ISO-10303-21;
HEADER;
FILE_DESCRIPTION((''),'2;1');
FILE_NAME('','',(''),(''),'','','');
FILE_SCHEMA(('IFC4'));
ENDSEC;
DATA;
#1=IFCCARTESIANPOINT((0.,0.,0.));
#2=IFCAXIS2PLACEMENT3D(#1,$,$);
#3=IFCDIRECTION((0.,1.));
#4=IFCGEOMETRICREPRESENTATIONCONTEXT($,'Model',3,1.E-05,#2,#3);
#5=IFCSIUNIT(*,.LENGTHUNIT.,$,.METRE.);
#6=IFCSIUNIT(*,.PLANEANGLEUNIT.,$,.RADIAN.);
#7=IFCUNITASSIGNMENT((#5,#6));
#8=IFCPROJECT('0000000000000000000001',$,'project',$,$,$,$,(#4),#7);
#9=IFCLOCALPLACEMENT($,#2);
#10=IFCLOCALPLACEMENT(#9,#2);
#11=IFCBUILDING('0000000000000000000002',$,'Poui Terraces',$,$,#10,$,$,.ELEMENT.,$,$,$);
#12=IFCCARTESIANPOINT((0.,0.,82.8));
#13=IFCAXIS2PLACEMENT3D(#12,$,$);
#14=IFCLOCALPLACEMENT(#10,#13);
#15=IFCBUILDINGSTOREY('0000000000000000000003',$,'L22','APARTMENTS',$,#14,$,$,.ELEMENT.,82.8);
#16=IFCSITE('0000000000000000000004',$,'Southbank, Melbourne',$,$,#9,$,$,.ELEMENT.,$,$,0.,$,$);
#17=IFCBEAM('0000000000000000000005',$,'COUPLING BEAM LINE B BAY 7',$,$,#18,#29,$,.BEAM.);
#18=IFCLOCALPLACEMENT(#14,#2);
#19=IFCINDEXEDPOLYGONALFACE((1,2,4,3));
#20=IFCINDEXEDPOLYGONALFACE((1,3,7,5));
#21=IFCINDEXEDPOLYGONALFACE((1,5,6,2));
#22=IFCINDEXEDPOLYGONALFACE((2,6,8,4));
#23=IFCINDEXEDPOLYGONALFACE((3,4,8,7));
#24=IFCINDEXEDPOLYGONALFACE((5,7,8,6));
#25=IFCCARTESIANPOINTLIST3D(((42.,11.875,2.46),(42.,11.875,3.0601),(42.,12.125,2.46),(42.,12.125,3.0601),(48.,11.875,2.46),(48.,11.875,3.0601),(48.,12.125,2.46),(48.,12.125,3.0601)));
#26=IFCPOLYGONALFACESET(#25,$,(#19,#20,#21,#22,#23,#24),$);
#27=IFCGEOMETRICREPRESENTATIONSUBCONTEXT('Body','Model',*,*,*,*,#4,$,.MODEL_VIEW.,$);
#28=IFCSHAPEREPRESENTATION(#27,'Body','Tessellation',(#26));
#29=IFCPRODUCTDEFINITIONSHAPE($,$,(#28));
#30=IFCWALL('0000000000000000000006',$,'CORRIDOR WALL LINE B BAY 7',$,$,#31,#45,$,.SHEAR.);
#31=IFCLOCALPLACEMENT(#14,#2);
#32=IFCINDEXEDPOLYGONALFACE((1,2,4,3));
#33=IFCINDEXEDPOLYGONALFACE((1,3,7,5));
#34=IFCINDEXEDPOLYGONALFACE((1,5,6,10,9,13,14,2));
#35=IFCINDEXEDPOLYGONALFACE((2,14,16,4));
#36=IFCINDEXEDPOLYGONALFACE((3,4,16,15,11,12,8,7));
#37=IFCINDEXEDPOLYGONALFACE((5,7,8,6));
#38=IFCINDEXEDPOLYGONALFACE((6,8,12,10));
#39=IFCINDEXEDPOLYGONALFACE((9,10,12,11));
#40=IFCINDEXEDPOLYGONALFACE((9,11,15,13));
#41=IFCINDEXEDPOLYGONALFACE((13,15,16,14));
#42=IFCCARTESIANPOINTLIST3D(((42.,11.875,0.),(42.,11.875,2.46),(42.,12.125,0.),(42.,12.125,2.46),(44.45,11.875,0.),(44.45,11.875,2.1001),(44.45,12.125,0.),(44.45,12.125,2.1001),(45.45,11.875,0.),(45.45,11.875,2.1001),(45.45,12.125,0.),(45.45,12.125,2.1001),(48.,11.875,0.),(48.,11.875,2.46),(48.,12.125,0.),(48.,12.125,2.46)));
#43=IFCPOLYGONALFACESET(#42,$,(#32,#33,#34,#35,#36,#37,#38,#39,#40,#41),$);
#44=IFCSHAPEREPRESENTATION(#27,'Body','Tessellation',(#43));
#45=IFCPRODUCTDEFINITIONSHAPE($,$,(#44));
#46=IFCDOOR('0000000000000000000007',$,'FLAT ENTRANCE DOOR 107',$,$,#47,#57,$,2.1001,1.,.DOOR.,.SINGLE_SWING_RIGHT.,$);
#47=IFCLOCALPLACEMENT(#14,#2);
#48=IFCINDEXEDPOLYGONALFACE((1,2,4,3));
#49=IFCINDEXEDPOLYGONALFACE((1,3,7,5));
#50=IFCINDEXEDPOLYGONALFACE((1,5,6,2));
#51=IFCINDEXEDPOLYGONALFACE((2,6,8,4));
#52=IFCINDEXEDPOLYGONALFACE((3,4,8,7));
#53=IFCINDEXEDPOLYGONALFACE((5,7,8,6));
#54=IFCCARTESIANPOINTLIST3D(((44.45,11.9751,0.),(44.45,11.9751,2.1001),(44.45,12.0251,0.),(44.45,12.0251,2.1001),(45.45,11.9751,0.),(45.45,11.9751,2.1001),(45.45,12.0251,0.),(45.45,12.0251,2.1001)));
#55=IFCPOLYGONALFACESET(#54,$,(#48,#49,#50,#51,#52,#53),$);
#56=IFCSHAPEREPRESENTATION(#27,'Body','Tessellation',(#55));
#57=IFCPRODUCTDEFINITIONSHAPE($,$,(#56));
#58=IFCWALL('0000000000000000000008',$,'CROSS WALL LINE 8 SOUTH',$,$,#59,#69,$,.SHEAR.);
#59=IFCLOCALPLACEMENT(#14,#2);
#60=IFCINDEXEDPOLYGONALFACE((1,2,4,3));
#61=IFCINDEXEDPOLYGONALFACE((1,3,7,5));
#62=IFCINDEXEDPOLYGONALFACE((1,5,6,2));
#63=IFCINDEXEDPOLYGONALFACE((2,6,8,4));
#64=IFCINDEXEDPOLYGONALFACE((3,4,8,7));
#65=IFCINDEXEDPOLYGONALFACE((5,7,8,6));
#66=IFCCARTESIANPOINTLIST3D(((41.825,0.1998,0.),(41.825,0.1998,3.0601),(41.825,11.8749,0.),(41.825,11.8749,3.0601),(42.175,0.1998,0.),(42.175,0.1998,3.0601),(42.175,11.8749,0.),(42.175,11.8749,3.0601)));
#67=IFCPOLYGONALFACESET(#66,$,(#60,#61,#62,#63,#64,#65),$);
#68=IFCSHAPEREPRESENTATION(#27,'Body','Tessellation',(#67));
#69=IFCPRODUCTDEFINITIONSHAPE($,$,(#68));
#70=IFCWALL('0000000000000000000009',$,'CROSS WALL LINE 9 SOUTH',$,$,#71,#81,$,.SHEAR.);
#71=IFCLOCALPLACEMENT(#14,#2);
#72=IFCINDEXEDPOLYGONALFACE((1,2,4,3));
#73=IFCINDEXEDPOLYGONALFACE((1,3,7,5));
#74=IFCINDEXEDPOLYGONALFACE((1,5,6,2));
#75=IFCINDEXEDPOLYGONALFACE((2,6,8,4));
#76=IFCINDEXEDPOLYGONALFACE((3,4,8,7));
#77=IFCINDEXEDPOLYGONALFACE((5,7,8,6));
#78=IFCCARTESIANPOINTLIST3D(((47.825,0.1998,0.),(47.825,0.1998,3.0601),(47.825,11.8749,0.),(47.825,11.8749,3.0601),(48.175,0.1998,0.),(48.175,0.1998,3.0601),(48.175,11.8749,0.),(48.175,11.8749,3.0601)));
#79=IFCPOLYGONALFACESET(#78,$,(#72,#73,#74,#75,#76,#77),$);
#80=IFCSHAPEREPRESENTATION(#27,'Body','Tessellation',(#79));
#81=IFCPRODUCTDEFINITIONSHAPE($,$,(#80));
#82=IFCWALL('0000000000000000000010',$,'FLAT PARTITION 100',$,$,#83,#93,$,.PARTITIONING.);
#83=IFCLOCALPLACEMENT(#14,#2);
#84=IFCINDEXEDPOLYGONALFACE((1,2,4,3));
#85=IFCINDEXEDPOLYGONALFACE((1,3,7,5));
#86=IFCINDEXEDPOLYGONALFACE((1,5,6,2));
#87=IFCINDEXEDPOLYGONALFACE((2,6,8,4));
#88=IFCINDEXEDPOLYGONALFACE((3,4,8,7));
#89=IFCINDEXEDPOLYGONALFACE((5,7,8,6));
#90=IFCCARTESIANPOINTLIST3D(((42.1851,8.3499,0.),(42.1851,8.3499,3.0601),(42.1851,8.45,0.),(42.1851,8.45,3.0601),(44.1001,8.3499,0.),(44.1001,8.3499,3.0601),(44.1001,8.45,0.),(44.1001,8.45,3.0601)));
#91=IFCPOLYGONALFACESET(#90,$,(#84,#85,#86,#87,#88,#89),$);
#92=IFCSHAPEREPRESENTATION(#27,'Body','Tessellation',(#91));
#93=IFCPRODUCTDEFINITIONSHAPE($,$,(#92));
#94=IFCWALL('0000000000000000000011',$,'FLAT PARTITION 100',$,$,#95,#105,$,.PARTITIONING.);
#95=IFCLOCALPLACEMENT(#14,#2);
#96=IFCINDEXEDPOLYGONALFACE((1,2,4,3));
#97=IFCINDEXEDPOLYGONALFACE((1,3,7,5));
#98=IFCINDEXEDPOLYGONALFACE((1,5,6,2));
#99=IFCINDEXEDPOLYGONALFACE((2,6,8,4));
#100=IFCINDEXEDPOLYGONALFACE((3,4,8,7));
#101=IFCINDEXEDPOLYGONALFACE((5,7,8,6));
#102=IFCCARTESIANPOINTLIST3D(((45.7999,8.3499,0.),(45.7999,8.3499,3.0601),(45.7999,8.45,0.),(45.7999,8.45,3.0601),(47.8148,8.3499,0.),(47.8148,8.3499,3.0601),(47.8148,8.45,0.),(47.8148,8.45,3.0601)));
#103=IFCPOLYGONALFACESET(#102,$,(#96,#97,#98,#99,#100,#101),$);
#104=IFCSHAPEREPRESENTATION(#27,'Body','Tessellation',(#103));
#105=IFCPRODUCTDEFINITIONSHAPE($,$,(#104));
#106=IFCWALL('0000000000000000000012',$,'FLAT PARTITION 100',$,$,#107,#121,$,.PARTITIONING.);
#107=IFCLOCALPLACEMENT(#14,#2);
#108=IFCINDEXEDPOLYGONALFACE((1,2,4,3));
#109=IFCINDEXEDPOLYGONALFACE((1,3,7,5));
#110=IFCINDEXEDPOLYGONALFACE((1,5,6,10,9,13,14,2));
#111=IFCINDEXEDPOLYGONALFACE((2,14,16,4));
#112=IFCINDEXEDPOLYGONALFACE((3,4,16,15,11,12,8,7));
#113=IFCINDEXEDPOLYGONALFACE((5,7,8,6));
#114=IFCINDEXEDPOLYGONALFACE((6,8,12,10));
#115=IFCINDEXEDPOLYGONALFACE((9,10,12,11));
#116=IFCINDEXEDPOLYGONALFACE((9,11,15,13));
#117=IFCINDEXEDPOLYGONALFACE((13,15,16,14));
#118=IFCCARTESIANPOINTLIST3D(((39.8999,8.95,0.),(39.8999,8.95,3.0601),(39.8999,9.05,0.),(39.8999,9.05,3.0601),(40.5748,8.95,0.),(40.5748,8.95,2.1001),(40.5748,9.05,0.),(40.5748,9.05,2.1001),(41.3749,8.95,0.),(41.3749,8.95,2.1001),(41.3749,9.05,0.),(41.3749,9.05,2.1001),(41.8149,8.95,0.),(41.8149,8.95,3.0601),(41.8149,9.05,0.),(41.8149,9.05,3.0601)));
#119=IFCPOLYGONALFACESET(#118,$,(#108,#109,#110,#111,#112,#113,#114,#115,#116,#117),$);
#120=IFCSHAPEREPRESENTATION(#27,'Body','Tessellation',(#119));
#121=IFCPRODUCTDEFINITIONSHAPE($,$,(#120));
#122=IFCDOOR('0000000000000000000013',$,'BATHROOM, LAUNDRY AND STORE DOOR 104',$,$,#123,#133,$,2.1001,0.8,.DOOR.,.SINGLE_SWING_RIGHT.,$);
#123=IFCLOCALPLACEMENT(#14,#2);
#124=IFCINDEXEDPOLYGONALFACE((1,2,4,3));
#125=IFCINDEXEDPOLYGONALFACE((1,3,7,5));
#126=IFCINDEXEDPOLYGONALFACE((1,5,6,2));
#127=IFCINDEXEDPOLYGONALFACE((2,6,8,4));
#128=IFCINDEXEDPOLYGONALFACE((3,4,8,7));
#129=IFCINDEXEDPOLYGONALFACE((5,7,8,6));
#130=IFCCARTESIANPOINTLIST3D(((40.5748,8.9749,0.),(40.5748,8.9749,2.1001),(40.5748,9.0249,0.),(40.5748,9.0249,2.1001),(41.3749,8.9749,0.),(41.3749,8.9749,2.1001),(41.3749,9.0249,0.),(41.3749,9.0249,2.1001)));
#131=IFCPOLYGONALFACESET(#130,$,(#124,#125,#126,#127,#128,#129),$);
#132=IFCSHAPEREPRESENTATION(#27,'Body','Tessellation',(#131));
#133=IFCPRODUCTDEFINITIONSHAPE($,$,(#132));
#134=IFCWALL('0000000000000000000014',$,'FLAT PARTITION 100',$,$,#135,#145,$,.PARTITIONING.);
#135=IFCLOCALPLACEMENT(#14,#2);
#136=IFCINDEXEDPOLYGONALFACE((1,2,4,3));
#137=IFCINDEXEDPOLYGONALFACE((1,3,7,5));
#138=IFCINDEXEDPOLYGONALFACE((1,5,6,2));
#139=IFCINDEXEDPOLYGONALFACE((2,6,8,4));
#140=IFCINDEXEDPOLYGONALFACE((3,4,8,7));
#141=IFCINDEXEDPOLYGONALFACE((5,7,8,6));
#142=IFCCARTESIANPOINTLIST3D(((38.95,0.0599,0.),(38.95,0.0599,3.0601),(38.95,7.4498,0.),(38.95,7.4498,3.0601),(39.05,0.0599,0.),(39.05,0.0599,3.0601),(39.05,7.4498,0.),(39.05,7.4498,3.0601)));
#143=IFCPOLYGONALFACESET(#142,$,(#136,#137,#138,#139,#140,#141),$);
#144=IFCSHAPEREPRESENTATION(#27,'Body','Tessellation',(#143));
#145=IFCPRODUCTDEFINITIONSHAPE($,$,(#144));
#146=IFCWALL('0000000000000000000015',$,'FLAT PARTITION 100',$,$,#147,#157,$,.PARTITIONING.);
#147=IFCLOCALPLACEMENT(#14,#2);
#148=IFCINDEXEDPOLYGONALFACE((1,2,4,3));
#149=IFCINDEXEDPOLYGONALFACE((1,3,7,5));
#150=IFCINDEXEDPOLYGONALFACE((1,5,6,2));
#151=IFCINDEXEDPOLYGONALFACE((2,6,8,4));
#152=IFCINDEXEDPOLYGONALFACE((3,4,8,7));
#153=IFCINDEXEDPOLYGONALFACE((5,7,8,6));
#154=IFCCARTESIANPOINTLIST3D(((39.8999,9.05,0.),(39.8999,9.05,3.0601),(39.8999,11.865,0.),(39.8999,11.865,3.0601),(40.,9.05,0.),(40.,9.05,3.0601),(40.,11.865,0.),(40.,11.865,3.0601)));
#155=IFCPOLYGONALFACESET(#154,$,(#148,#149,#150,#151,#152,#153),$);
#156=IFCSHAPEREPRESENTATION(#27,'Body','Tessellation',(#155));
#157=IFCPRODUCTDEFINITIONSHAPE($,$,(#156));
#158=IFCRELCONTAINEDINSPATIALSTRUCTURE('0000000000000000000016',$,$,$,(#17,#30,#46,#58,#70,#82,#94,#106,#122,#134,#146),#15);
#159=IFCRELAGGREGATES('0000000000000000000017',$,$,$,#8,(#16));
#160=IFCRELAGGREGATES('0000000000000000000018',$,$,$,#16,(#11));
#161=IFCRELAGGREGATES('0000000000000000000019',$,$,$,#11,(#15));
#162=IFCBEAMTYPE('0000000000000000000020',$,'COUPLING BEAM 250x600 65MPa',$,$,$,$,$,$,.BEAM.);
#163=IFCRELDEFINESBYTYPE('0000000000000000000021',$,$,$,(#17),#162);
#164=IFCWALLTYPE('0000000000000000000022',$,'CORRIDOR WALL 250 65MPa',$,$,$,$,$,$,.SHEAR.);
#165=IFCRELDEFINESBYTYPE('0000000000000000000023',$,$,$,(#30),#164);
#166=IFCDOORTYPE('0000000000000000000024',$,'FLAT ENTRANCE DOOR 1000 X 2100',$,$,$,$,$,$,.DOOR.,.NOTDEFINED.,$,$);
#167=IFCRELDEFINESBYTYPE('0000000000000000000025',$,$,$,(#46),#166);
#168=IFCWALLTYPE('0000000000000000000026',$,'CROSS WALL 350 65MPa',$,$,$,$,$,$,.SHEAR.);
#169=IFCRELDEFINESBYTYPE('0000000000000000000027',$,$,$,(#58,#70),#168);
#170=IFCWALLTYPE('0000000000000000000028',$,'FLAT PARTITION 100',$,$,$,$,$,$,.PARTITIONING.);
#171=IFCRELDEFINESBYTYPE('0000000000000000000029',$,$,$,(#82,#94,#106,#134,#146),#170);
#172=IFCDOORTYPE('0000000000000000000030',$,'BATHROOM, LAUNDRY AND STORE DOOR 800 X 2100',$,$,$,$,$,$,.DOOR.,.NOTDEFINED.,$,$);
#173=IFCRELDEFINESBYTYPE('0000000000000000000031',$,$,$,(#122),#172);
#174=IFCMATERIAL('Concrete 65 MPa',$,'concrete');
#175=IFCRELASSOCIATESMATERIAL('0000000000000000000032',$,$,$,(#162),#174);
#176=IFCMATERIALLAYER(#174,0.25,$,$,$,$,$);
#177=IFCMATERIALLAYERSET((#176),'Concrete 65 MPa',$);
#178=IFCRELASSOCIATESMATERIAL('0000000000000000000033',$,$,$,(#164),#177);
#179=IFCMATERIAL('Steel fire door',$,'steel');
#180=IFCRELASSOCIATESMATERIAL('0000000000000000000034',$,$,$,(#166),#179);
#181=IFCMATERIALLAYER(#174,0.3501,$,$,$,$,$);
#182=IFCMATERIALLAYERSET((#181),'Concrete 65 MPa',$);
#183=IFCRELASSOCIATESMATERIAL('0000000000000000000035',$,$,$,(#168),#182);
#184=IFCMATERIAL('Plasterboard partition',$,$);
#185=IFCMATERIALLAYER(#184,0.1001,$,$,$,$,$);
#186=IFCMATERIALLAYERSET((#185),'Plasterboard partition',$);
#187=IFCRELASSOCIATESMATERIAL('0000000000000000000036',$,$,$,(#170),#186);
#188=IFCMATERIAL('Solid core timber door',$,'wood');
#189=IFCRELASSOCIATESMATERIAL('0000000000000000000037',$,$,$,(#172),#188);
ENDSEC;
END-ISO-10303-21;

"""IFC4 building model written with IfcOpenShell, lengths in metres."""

from ifc_helpers import new_model, si_unit, direction, frame, frame_2d, origin, origin_2d, place, context, subcontext, project, spatial, rectangle, extrude, source, transform, mapped, material, layer, layer_set, material_profile, profile_set, type_object, element, fill, save


model = new_model("IFC4")

# Units and contexts
model_context = context("Model", 3, precision=1e-05, world=origin(), true_north=direction((0.0, 1.0)))
body_context = subcontext(model_context, "Body", "Model", "MODEL_VIEW")
ifc_project = project(units=[si_unit("LENGTHUNIT", "METRE"), si_unit("PLANEANGLEUNIT", "RADIAN")], contexts=[model_context])

# Site, building, storey
site_placement = place(None, origin())
site = spatial("IfcSite", under=ifc_project, at=site_placement, Name="Southbank, Melbourne", CompositionType="ELEMENT", RefElevation=0.0)
building_placement = place(site_placement, origin())
building = spatial("IfcBuilding", under=site, at=building_placement, Name="Poui Terraces", CompositionType="ELEMENT")
storey_placement = place(building_placement, frame((0.0, 0.0, 82.8)))
storey = spatial("IfcBuildingStorey", under=building, at=storey_placement, Name="L22", Description="APARTMENTS", CompositionType="ELEMENT", Elevation=82.8)

# Beam
ifc_material_1 = material(Name="Concrete 65 MPa", Category="concrete")
ifc_material_profile = material_profile(ifc_material_1, rectangle(XDim=0.25, YDim=0.6001, at=origin_2d()), Name="RC 250x600")
ifc_profile_set = profile_set([ifc_material_profile], Name="Concrete 65 MPa")
beam_type = type_object("IfcBeamType", Name="COUPLING BEAM 250x600 65MPa", PredefinedType="BEAM", material=ifc_profile_set)
shared_shape_1 = source(origin(), body_context, "Body", "SweptSolid", [
    extrude(rectangle(XDim=0.25, YDim=0.6001, at=origin_2d()), origin(), (0.0, 0.0, 1.0), 6.0),
])
beam_placement = place(storey_placement, frame((42.0, 12.0, 2.76), z_axis=(1.0, 0.0, 0.0), x_axis=(0.0, 1.0, 0.0)))
element("IfcBeam", 1, at=beam_placement, inside=storey, type_object=beam_type, Name="COUPLING BEAM LINE B BAY 7", PredefinedType="BEAM", context=body_context, shape_type="MappedRepresentation", body=[
    mapped(shared_shape_1, transform((0.0, 0.0, 0.0))),
])

# Wall, opening, door
ifc_layer_1 = layer(ifc_material_1, 0.25)
ifc_layer_set_1 = layer_set([ifc_layer_1], Name="Concrete 65 MPa")
wall_type_1 = type_object("IfcWallType", Name="CORRIDOR WALL 250 65MPa", PredefinedType="SHEAR", material=ifc_layer_set_1)
wall_1_placement = place(storey_placement, frame((42.0, 12.0, 0.0), z_axis=(0.0, 0.0, 1.0), x_axis=(1.0, 0.0, 0.0)))
wall_1 = element("IfcWall", 2, at=wall_1_placement, inside=storey, type_object=wall_type_1, Name="CORRIDOR WALL LINE B BAY 7", PredefinedType="SHEAR", context=body_context, shape_type="SweptSolid", body=[
    extrude(rectangle(XDim=6.0, YDim=0.25, at=frame_2d((3.0, 0.0))), origin(), (0.0, 0.0, 1.0), 2.46),
])
opening_1_placement = place(wall_1_placement, frame((2.45, 0.0, 0.0)))
opening_1 = element("IfcOpeningElement", 3, at=opening_1_placement, cuts=wall_1, PredefinedType="OPENING", context=body_context, shape_type="SweptSolid", body=[
    extrude(rectangle(XDim=1.0, YDim=2.1001, at=frame_2d((0.5, 1.05))), frame((0.0, 0.135, 0.0), z_axis=(0.0, -1.0, 0.0), x_axis=(1.0, 0.0, 0.0)), (0.0, 0.0, 1.0), 0.27),
])
ifc_material_2 = material(Name="Steel fire door", Category="steel")
door_type_1 = type_object("IfcDoorType", Name="FLAT ENTRANCE DOOR 1000 X 2100", OperationType="NOTDEFINED", PredefinedType="DOOR", material=ifc_material_2)
door_1_placement = place(opening_1_placement, frame((1.0, 0.0, 0.0), z_axis=(0.0, 0.0, 1.0), x_axis=(-1.0, 0.0, 0.0)))
door_1 = element("IfcDoor", 4, at=door_1_placement, inside=storey, type_object=door_type_1, Name="FLAT ENTRANCE DOOR 107", OperationType="SINGLE_SWING_RIGHT", OverallHeight=2.1001, OverallWidth=1.0, PredefinedType="DOOR", context=body_context, shape_type="SweptSolid", body=[
    extrude(rectangle(XDim=1.0, YDim=2.1001, at=frame_2d((0.5, 1.05))), frame((0.0, 0.0249, 0.0), z_axis=(0.0, -1.0, 0.0), x_axis=(1.0, 0.0, 0.0)), (0.0, 0.0, 1.0), 0.05),
])
fill(opening_1, door_1)

# Walls
ifc_layer_2 = layer(ifc_material_1, 0.3501)
ifc_layer_set_2 = layer_set([ifc_layer_2], Name="Concrete 65 MPa")
wall_type_2 = type_object("IfcWallType", Name="CROSS WALL 350 65MPa", PredefinedType="SHEAR", material=ifc_layer_set_2)
for number, where, z_axis, x_axis, name in (
    (5, (42.0, 0.2, 0.0), (0.0, 0.0, 1.0), (0.0, 1.0, 0.0), "CROSS WALL LINE 8 SOUTH"),
    (6, (48.0, 0.2, 0.0), (0.0, 0.0, 1.0), (0.0, 1.0, 0.0), "CROSS WALL LINE 9 SOUTH"),
):
    element("IfcWall", number, at=place(storey_placement, frame(where, z_axis=z_axis, x_axis=x_axis)), inside=storey, type_object=wall_type_2, Name=name, PredefinedType="SHEAR", context=body_context, shape_type="SweptSolid", body=[
        extrude(rectangle(XDim=11.675, YDim=0.3501, at=frame_2d((5.8374, 0.0))), origin(), (0.0, 0.0, 1.0), 3.0601),
    ])
ifc_material_3 = material(Name="Plasterboard partition")
ifc_layer_3 = layer(ifc_material_3, 0.1001)
ifc_layer_set_3 = layer_set([ifc_layer_3], Name="Plasterboard partition")
wall_type_3 = type_object("IfcWallType", Name="FLAT PARTITION 100", PredefinedType="PARTITIONING", material=ifc_layer_set_3)
wall_2_placement = place(storey_placement, frame((42.1851, 8.3999, 0.0), z_axis=(0.0, 0.0, 1.0), x_axis=(1.0, 0.0, 0.0)))
element("IfcWall", 7, at=wall_2_placement, inside=storey, type_object=wall_type_3, Name="FLAT PARTITION 100", PredefinedType="PARTITIONING", context=body_context, shape_type="SweptSolid", body=[
    extrude(rectangle(XDim=1.915, YDim=0.1001, at=frame_2d((0.9575, 0.0))), origin(), (0.0, 0.0, 1.0), 3.0601),
])
wall_3_placement = place(storey_placement, frame((45.8, 8.3999, 0.0), z_axis=(0.0, 0.0, 1.0), x_axis=(1.0, 0.0, 0.0)))
element("IfcWall", 8, at=wall_3_placement, inside=storey, type_object=wall_type_3, Name="FLAT PARTITION 100", PredefinedType="PARTITIONING", context=body_context, shape_type="SweptSolid", body=[
    extrude(rectangle(XDim=2.0149, YDim=0.1001, at=frame_2d((1.0073, 0.0))), origin(), (0.0, 0.0, 1.0), 3.0601),
])

# Wall, opening, door
wall_4_placement = place(storey_placement, frame((39.8999, 9.0, 0.0), z_axis=(0.0, 0.0, 1.0), x_axis=(1.0, 0.0, 0.0)))
wall_4 = element("IfcWall", 9, at=wall_4_placement, inside=storey, type_object=wall_type_3, Name="FLAT PARTITION 100", PredefinedType="PARTITIONING", context=body_context, shape_type="SweptSolid", body=[
    extrude(rectangle(XDim=1.915, YDim=0.1001, at=frame_2d((0.9575, 0.0))), origin(), (0.0, 0.0, 1.0), 3.0601),
])
opening_2_placement = place(wall_4_placement, frame((0.675, 0.0, 0.0)))
opening_2 = element("IfcOpeningElement", 10, at=opening_2_placement, cuts=wall_4, PredefinedType="OPENING", context=body_context, shape_type="SweptSolid", body=[
    extrude(rectangle(XDim=0.8, YDim=2.1001, at=frame_2d((0.3999, 1.05))), frame((0.0, 0.0601, 0.0), z_axis=(0.0, -1.0, 0.0), x_axis=(1.0, 0.0, 0.0)), (0.0, 0.0, 1.0), 0.1201),
])
ifc_material_4 = material(Name="Solid core timber door", Category="wood")
door_type_2 = type_object("IfcDoorType", Name="BATHROOM, LAUNDRY AND STORE DOOR 800 X 2100", OperationType="NOTDEFINED", PredefinedType="DOOR", material=ifc_material_4)
door_2_placement = place(opening_2_placement, origin())
door_2 = element("IfcDoor", 11, at=door_2_placement, inside=storey, type_object=door_type_2, Name="BATHROOM, LAUNDRY AND STORE DOOR 104", OperationType="SINGLE_SWING_RIGHT", OverallHeight=2.1001, OverallWidth=0.8, PredefinedType="DOOR", context=body_context, shape_type="SweptSolid", body=[
    extrude(rectangle(XDim=0.8, YDim=2.1001, at=frame_2d((0.3999, 1.05))), frame((0.0, 0.0249, 0.0), z_axis=(0.0, -1.0, 0.0), x_axis=(1.0, 0.0, 0.0)), (0.0, 0.0, 1.0), 0.05),
])
fill(opening_2, door_2)

# Walls
wall_5_placement = place(storey_placement, frame((39.0, 0.0601, 0.0), z_axis=(0.0, 0.0, 1.0), x_axis=(0.0, 1.0, 0.0)))
element("IfcWall", 12, at=wall_5_placement, inside=storey, type_object=wall_type_3, Name="FLAT PARTITION 100", PredefinedType="PARTITIONING", context=body_context, shape_type="SweptSolid", body=[
    extrude(rectangle(XDim=7.3899, YDim=0.1001, at=frame_2d((3.6948, 0.0))), origin(), (0.0, 0.0, 1.0), 3.0601),
])
wall_6_placement = place(storey_placement, frame((39.95, 9.05, 0.0), z_axis=(0.0, 0.0, 1.0), x_axis=(0.0, 1.0, 0.0)))
element("IfcWall", 13, at=wall_6_placement, inside=storey, type_object=wall_type_3, Name="FLAT PARTITION 100", PredefinedType="PARTITIONING", context=body_context, shape_type="SweptSolid", body=[
    extrude(rectangle(XDim=2.8149, YDim=0.1001, at=frame_2d((1.4075, 0.0))), origin(), (0.0, 0.0, 1.0), 3.0601),
])

save(model, "model.ifc")
